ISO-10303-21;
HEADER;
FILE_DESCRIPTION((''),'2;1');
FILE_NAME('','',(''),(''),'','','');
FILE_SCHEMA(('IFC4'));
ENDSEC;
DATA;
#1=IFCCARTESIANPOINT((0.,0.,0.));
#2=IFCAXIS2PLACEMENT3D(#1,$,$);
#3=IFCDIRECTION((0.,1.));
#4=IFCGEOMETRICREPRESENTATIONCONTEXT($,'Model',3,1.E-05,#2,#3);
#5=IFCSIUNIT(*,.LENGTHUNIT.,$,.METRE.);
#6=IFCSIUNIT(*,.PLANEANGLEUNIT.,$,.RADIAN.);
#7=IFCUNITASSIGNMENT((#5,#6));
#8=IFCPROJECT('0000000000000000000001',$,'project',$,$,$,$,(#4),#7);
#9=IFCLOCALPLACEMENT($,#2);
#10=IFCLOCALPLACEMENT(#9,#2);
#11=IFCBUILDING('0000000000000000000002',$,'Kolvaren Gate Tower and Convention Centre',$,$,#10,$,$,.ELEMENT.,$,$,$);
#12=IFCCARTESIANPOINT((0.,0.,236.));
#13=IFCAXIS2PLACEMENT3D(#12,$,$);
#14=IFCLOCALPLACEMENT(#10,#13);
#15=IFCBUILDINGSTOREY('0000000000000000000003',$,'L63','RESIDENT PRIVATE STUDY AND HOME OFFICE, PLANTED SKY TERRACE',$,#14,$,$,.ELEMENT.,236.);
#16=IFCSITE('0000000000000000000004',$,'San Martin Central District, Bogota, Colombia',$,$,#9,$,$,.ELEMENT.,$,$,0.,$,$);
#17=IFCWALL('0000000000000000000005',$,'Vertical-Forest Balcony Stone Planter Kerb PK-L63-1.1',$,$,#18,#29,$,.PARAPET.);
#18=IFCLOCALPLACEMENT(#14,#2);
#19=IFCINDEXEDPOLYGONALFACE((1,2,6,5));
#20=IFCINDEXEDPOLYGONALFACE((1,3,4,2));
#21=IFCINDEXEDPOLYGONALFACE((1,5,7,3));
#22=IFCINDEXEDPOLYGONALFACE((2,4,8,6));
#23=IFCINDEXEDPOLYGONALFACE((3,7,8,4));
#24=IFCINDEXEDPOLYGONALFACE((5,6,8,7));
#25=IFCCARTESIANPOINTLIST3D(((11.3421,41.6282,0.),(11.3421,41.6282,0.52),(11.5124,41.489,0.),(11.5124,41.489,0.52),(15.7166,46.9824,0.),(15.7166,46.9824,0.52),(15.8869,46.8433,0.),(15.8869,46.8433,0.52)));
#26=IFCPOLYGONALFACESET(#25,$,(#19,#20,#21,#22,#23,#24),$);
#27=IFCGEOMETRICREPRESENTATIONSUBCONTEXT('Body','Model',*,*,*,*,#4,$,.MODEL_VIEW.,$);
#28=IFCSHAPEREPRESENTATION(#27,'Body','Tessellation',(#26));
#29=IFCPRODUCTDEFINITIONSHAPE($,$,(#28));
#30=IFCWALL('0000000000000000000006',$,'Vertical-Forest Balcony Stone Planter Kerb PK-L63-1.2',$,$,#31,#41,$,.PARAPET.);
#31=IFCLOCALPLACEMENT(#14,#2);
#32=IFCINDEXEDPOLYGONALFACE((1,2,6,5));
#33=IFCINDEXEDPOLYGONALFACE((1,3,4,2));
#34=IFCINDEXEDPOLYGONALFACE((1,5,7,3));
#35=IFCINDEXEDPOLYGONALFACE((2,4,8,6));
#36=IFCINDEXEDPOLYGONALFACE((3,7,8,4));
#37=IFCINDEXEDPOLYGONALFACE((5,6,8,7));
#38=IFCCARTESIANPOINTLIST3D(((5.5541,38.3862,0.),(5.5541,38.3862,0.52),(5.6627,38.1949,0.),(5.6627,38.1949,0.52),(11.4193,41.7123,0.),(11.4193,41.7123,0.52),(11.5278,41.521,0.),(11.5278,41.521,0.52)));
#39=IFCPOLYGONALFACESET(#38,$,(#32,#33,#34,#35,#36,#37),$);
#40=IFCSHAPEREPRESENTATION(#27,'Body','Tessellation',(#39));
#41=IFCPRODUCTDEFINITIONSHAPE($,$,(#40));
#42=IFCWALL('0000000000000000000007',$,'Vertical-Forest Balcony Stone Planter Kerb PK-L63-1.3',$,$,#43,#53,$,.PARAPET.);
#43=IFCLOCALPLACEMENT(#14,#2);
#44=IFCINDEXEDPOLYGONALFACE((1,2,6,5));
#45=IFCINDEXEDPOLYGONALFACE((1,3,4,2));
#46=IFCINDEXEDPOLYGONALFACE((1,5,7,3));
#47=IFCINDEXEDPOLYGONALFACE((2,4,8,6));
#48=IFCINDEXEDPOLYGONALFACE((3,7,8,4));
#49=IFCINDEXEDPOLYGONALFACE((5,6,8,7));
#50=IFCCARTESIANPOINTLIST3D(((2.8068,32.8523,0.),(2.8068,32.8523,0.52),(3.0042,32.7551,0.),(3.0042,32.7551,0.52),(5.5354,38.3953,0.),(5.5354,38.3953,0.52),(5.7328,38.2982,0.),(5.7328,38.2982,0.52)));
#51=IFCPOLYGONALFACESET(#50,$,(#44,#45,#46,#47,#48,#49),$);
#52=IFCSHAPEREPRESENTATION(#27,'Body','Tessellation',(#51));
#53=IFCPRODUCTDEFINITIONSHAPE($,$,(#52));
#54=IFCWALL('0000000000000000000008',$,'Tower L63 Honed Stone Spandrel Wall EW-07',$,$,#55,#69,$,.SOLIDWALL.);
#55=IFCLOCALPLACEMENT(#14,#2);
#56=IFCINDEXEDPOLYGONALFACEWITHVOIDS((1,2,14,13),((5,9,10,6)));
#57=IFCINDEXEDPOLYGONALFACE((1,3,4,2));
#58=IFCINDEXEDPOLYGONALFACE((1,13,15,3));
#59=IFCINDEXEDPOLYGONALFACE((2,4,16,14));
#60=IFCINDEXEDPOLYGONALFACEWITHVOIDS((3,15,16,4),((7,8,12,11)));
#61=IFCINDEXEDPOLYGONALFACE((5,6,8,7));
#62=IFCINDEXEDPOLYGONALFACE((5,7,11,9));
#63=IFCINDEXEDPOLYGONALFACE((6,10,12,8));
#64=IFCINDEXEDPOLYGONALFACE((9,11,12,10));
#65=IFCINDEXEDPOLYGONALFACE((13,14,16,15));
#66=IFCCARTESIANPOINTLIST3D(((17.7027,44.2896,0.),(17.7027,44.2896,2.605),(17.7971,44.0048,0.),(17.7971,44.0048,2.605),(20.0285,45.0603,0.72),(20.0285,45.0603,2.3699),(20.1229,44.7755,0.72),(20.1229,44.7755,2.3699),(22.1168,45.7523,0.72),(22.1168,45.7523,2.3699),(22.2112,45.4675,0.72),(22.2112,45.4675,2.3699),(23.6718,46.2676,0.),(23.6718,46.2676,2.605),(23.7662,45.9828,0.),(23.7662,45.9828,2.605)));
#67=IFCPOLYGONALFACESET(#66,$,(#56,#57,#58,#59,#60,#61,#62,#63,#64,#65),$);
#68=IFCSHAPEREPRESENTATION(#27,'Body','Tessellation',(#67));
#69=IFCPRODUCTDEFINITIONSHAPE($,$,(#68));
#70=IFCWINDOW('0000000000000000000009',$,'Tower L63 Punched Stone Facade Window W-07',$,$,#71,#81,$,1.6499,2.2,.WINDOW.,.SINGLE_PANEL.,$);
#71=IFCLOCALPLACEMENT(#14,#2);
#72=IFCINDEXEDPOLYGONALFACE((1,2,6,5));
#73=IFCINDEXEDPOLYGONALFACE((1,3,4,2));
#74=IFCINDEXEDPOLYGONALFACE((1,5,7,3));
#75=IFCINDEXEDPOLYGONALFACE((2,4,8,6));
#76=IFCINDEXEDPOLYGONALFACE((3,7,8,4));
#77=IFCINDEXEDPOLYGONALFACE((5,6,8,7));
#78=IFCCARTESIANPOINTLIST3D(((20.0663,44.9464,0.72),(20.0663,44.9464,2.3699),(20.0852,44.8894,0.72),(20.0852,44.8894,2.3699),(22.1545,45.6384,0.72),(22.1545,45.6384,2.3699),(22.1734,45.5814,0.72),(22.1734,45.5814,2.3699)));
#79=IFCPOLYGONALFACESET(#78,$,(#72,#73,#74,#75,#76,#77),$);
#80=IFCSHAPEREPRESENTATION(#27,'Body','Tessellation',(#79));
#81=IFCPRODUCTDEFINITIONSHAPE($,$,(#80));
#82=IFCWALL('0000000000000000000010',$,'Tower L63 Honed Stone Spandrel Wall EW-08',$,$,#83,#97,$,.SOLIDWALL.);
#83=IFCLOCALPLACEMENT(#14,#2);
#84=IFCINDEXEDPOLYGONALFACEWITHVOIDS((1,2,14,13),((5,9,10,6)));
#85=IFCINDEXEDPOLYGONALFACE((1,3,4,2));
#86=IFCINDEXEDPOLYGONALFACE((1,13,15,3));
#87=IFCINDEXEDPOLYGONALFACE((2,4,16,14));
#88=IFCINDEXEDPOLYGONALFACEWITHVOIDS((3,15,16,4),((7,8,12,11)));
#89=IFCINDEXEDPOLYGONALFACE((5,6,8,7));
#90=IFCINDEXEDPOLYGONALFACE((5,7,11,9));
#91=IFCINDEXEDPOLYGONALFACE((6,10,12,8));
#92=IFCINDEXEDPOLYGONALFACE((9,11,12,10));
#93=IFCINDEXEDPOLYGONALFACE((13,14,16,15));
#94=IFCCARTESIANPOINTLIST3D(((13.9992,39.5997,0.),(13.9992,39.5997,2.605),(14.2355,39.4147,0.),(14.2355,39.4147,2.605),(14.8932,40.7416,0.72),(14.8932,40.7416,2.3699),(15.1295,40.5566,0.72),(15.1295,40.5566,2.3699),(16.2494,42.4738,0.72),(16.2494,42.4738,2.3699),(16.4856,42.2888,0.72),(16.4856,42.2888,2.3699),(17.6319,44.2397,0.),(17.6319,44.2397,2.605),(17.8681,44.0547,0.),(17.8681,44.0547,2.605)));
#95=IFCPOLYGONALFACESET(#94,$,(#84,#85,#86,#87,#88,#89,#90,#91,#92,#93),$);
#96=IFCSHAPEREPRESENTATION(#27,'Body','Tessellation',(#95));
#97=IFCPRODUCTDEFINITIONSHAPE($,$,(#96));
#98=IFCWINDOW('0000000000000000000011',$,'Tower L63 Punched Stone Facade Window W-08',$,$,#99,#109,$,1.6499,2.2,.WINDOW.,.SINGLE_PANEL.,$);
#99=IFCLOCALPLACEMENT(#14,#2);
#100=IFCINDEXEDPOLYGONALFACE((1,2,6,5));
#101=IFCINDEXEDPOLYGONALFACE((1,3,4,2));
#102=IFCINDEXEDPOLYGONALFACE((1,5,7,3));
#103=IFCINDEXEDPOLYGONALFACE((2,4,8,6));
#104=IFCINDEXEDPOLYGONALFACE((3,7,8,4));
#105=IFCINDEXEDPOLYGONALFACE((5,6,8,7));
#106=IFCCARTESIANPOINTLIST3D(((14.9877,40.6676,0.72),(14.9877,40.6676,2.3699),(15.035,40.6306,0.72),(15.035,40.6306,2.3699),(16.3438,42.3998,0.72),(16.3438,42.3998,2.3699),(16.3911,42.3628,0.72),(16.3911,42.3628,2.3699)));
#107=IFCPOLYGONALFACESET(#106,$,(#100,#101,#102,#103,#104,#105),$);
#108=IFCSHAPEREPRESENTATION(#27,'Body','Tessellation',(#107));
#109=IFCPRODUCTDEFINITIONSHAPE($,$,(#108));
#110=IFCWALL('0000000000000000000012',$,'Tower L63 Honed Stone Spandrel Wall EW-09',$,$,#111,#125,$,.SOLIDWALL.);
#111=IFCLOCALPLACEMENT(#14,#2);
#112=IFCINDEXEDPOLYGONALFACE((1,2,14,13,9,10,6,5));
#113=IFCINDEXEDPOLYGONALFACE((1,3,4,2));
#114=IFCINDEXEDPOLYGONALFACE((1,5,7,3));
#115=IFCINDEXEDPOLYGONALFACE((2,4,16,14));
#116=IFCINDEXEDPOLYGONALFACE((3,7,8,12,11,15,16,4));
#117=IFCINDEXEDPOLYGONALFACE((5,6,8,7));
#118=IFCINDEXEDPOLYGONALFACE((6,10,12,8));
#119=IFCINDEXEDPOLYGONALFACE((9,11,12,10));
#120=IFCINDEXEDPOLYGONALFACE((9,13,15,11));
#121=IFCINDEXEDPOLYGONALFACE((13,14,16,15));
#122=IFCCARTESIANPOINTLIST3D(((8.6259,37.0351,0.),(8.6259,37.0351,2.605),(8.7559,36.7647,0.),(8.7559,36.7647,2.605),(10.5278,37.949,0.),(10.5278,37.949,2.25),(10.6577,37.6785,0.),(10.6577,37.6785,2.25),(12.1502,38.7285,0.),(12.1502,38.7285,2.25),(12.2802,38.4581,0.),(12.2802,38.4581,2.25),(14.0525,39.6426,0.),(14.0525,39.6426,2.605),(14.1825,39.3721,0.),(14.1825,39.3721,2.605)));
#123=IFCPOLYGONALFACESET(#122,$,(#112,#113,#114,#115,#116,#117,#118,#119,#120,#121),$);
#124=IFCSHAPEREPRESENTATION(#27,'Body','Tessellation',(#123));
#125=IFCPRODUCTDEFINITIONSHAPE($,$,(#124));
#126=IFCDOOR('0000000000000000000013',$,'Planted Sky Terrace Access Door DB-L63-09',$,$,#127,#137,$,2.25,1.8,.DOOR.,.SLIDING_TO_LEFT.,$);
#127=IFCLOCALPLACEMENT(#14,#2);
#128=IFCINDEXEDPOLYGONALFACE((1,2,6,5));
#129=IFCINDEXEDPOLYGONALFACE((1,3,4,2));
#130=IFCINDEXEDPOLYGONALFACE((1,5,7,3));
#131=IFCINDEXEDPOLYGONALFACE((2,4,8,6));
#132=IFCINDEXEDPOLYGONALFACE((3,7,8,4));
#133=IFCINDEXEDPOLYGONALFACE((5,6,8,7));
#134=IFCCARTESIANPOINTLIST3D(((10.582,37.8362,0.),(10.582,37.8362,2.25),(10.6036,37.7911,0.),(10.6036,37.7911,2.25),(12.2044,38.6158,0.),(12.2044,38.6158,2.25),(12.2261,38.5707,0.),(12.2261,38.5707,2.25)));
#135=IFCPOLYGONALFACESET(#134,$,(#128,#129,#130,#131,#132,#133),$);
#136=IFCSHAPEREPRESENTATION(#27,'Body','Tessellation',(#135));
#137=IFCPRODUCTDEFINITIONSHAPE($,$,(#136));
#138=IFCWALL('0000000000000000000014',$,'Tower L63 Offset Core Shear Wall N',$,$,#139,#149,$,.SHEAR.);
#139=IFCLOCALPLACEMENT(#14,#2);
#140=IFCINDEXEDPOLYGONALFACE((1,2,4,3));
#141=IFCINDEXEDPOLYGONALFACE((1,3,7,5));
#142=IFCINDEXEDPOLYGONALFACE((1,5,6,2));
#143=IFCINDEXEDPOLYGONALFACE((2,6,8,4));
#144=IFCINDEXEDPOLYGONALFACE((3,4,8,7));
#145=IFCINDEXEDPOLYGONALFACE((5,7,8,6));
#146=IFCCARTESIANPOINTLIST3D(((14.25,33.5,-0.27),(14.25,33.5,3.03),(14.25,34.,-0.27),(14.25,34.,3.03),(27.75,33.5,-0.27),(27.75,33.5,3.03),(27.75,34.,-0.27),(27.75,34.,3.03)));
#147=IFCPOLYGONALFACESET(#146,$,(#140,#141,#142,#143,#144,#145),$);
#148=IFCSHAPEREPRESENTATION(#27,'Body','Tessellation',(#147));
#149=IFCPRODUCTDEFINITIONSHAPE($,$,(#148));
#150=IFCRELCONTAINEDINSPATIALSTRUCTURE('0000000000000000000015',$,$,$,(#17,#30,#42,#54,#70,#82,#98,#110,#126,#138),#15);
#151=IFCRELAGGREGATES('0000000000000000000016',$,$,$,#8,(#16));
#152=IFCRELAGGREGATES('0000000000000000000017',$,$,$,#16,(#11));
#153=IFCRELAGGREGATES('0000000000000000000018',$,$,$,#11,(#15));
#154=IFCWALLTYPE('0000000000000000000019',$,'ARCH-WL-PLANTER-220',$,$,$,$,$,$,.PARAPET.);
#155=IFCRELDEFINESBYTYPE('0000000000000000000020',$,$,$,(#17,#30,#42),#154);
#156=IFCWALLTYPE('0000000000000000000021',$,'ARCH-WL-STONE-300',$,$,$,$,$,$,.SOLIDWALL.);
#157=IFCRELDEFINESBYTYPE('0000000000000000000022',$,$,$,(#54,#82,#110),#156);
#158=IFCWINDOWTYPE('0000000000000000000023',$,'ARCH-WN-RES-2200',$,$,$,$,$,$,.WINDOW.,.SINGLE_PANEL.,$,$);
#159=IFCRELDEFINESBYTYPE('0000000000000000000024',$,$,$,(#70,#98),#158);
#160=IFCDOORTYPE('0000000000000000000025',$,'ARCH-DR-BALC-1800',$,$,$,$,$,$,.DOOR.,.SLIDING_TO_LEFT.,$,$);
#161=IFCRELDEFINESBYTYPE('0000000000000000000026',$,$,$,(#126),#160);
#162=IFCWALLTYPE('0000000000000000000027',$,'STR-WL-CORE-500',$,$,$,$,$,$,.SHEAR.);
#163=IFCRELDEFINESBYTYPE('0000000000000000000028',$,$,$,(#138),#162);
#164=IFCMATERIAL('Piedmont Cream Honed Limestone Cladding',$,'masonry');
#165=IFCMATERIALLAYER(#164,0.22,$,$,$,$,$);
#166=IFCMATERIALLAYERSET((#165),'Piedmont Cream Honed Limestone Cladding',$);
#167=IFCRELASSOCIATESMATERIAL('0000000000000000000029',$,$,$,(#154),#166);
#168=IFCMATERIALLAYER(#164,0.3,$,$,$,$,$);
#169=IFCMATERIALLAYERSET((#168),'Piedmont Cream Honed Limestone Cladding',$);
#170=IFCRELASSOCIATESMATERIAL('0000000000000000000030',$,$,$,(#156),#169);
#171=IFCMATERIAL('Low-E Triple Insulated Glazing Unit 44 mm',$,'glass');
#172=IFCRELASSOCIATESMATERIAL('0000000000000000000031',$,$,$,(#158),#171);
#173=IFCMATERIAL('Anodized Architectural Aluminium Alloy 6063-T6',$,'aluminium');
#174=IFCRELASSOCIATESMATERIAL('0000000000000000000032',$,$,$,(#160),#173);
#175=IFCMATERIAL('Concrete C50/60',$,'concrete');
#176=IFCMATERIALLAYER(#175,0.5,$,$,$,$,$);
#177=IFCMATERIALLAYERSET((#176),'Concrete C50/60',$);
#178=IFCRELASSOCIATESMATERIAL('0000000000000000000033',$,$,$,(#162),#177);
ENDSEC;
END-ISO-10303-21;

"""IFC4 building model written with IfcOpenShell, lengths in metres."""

from ifc_helpers import new_model, si_unit, direction, frame, frame_2d, origin, place, context, subcontext, project, spatial, rectangle, extrude, material, layer, layer_set, type_object, element, fill, save


model = new_model("IFC4")

# Units and contexts
model_context = context("Model", 3, precision=1e-05, world=origin(), true_north=direction((0.0, 1.0)))
body_context = subcontext(model_context, "Body", "Model", "MODEL_VIEW")
ifc_project = project(units=[si_unit("LENGTHUNIT", "METRE"), si_unit("PLANEANGLEUNIT", "RADIAN")], contexts=[model_context])

# Site, building, storey
site_placement = place(None, origin())
site = spatial("IfcSite", under=ifc_project, at=site_placement, Name="San Martin Central District, Bogota, Colombia", CompositionType="ELEMENT", RefElevation=0.0)
building_placement = place(site_placement, origin())
building = spatial("IfcBuilding", under=site, at=building_placement, Name="Kolvaren Gate Tower and Convention Centre", CompositionType="ELEMENT")
storey_placement = place(building_placement, frame((0.0, 0.0, 236.0)))
storey = spatial("IfcBuildingStorey", under=building, at=storey_placement, Name="L63", Description="RESIDENT PRIVATE STUDY AND HOME OFFICE, PLANTED SKY TERRACE", CompositionType="ELEMENT", Elevation=236.0)

# Walls
ifc_material_1 = material(Name="Piedmont Cream Honed Limestone Cladding", Category="masonry")
ifc_layer_1 = layer(ifc_material_1, 0.22)
ifc_layer_set_1 = layer_set([ifc_layer_1], Name="Piedmont Cream Honed Limestone Cladding")
wall_type_1 = type_object("IfcWallType", Name="ARCH-WL-PLANTER-220", PredefinedType="PARAPET", material=ifc_layer_set_1)
wall_1_placement = place(storey_placement, frame((11.4272, 41.5586, 0.0), z_axis=(0.0, 0.0, 1.0), x_axis=(0.632697, 0.774399, 0.0)))
element("IfcWall", 1, at=wall_1_placement, inside=storey, type_object=wall_type_1, Name="Vertical-Forest Balcony Stone Planter Kerb PK-L63-1.1", PredefinedType="PARAPET", context=body_context, shape_type="SweptSolid", body=[
    extrude(rectangle(XDim=6.9141, YDim=0.22, at=frame_2d((3.457, 0.0))), origin(), (0.0, 0.0, 1.0), 0.52),
])
wall_2_placement = place(storey_placement, frame((5.6084, 38.2905, 0.0), z_axis=(0.0, 0.0, 1.0), x_axis=(0.869861, 0.493298, 0.0)))
element("IfcWall", 2, at=wall_2_placement, inside=storey, type_object=wall_type_1, Name="Vertical-Forest Balcony Stone Planter Kerb PK-L63-1.2", PredefinedType="PARAPET", context=body_context, shape_type="SweptSolid", body=[
    extrude(rectangle(XDim=6.7427, YDim=0.22, at=frame_2d((3.3713, 0.0))), origin(), (0.0, 0.0, 1.0), 0.52),
])
wall_3_placement = place(storey_placement, frame((2.9055, 32.8037, 0.0), z_axis=(0.0, 0.0, 1.0), x_axis=(0.441641, 0.897192, 0.0)))
element("IfcWall", 3, at=wall_3_placement, inside=storey, type_object=wall_type_1, Name="Vertical-Forest Balcony Stone Planter Kerb PK-L63-1.3", PredefinedType="PARAPET", context=body_context, shape_type="SweptSolid", body=[
    extrude(rectangle(XDim=6.1782, YDim=0.22, at=frame_2d((3.0891, 0.0))), origin(), (0.0, 0.0, 1.0), 0.52),
])

# Walls, openings, windows
ifc_layer_2 = layer(ifc_material_1, 0.3)
ifc_layer_set_2 = layer_set([ifc_layer_2], Name="Piedmont Cream Honed Limestone Cladding")
wall_type_2 = type_object("IfcWallType", Name="ARCH-WL-STONE-300", PredefinedType="SOLIDWALL", material=ifc_layer_set_2)
wall_4_placement = place(storey_placement, frame((17.75, 44.1472, 0.0), z_axis=(0.0, 0.0, 1.0), x_axis=(0.949241, 0.31455, 0.0)))
wall_4 = element("IfcWall", 4, at=wall_4_placement, inside=storey, type_object=wall_type_2, Name="Tower L63 Honed Stone Spandrel Wall EW-07", PredefinedType="SOLIDWALL", context=body_context, shape_type="SweptSolid", body=[
    extrude(rectangle(XDim=6.2883, YDim=0.3, at=frame_2d((3.144, 0.0))), origin(), (0.0, 0.0, 1.0), 2.605),
])
opening_1_placement = place(wall_4_placement, frame((2.45, 0.0, 0.72)))
opening_1 = element("IfcOpeningElement", 5, at=opening_1_placement, cuts=wall_4, PredefinedType="OPENING", context=body_context, shape_type="SweptSolid", body=[
    extrude(rectangle(XDim=2.2, YDim=1.6499, at=frame_2d((1.1001, 0.825))), frame((0.0, 0.1599, 0.0), z_axis=(0.0, -1.0, 0.0), x_axis=(1.0, 0.0, 0.0)), (0.0, 0.0, 1.0), 0.3201),
])
ifc_material_2 = material(Name="Low-E Triple Insulated Glazing Unit 44 mm", Category="glass")
window_type = type_object("IfcWindowType", Name="ARCH-WN-RES-2200", PartitioningType="SINGLE_PANEL", PredefinedType="WINDOW", material=ifc_material_2)
window_1_placement = place(opening_1_placement, origin())
window_1 = element("IfcWindow", 6, at=window_1_placement, inside=storey, type_object=window_type, Name="Tower L63 Punched Stone Facade Window W-07", OverallHeight=1.6499, OverallWidth=2.2, PartitioningType="SINGLE_PANEL", PredefinedType="WINDOW", context=body_context, shape_type="SweptSolid", body=[
    extrude(rectangle(XDim=2.2, YDim=1.6499, at=frame_2d((1.1001, 0.825))), frame((0.0, 0.03, 0.0), z_axis=(0.0, -1.0, 0.0), x_axis=(1.0, 0.0, 0.0)), (0.0, 0.0, 1.0), 0.0601),
])
fill(opening_1, window_1)
wall_5_placement = place(storey_placement, frame((14.1174, 39.5073, 0.0), z_axis=(0.0, 0.0, 1.0), x_axis=(0.61645, 0.787394, 0.0)))
wall_5 = element("IfcWall", 7, at=wall_5_placement, inside=storey, type_object=wall_type_2, Name="Tower L63 Honed Stone Spandrel Wall EW-08", PredefinedType="SOLIDWALL", context=body_context, shape_type="SweptSolid", body=[
    extrude(rectangle(XDim=5.8928, YDim=0.3, at=frame_2d((2.9463, 0.0))), origin(), (0.0, 0.0, 1.0), 2.605),
])
opening_2_placement = place(wall_5_placement, frame((1.45, 0.0, 0.72)))
opening_2 = element("IfcOpeningElement", 8, at=opening_2_placement, cuts=wall_5, PredefinedType="OPENING", context=body_context, shape_type="SweptSolid", body=[
    extrude(rectangle(XDim=2.2, YDim=1.6499, at=frame_2d((1.1001, 0.825))), frame((0.0, 0.1599, 0.0), z_axis=(0.0, -1.0, 0.0), x_axis=(1.0, 0.0, 0.0)), (0.0, 0.0, 1.0), 0.3201),
])
window_2_placement = place(opening_2_placement, origin())
window_2 = element("IfcWindow", 9, at=window_2_placement, inside=storey, type_object=window_type, Name="Tower L63 Punched Stone Facade Window W-08", OverallHeight=1.6499, OverallWidth=2.2, PartitioningType="SINGLE_PANEL", PredefinedType="WINDOW", context=body_context, shape_type="SweptSolid", body=[
    extrude(rectangle(XDim=2.2, YDim=1.6499, at=frame_2d((1.1001, 0.825))), frame((0.0, 0.03, 0.0), z_axis=(0.0, -1.0, 0.0), x_axis=(1.0, 0.0, 0.0)), (0.0, 0.0, 1.0), 0.0601),
])
fill(opening_2, window_2)

# Wall, opening, door
wall_6_placement = place(storey_placement, frame((8.6909, 36.8999, 0.0), z_axis=(0.0, 0.0, 1.0), x_axis=(0.901348, 0.433095, 0.0)))
wall_6 = element("IfcWall", 10, at=wall_6_placement, inside=storey, type_object=wall_type_2, Name="Tower L63 Honed Stone Spandrel Wall EW-09", PredefinedType="SOLIDWALL", context=body_context, shape_type="SweptSolid", body=[
    extrude(rectangle(XDim=6.0205, YDim=0.3, at=frame_2d((3.0103, 0.0))), origin(), (0.0, 0.0, 1.0), 2.605),
])
opening_3_placement = place(wall_6_placement, frame((2.1101, 0.0, 0.0)))
opening_3 = element("IfcOpeningElement", 11, at=opening_3_placement, cuts=wall_6, PredefinedType="OPENING", context=body_context, shape_type="SweptSolid", body=[
    extrude(rectangle(XDim=1.8, YDim=2.25, at=frame_2d((0.8999, 1.125))), frame((0.0, 0.1599, 0.0), z_axis=(0.0, -1.0, 0.0), x_axis=(1.0, 0.0, 0.0)), (0.0, 0.0, 1.0), 0.3201),
])
ifc_material_3 = material(Name="Anodized Architectural Aluminium Alloy 6063-T6", Category="aluminium")
door_type = type_object("IfcDoorType", Name="ARCH-DR-BALC-1800", OperationType="SLIDING_TO_LEFT", PredefinedType="DOOR", material=ifc_material_3)
door_placement = place(opening_3_placement, origin())
door = element("IfcDoor", 12, at=door_placement, inside=storey, type_object=door_type, Name="Planted Sky Terrace Access Door DB-L63-09", OperationType="SLIDING_TO_LEFT", OverallHeight=2.25, OverallWidth=1.8, PredefinedType="DOOR", context=body_context, shape_type="SweptSolid", body=[
    extrude(rectangle(XDim=1.8, YDim=2.25, at=frame_2d((0.8999, 1.125))), frame((0.0, 0.0249, 0.0), z_axis=(0.0, -1.0, 0.0), x_axis=(1.0, 0.0, 0.0)), (0.0, 0.0, 1.0), 0.05),
])
fill(opening_3, door)

# Wall
ifc_material_4 = material(Name="Concrete C50/60", Category="concrete")
ifc_layer_3 = layer(ifc_material_4, 0.5)
ifc_layer_set_3 = layer_set([ifc_layer_3], Name="Concrete C50/60")
wall_type_3 = type_object("IfcWallType", Name="STR-WL-CORE-500", PredefinedType="SHEAR", material=ifc_layer_set_3)
wall_7_placement = place(storey_placement, frame((14.25, 33.75, -0.27), z_axis=(0.0, 0.0, 1.0), x_axis=(1.0, 0.0, 0.0)))
element("IfcWall", 13, at=wall_7_placement, inside=storey, type_object=wall_type_3, Name="Tower L63 Offset Core Shear Wall N", PredefinedType="SHEAR", context=body_context, shape_type="SweptSolid", body=[
    extrude(rectangle(XDim=13.5, YDim=0.5, at=frame_2d((6.75, 0.0))), origin(), (0.0, 0.0, 1.0), 3.3),
])

save(model, "model.ifc")
